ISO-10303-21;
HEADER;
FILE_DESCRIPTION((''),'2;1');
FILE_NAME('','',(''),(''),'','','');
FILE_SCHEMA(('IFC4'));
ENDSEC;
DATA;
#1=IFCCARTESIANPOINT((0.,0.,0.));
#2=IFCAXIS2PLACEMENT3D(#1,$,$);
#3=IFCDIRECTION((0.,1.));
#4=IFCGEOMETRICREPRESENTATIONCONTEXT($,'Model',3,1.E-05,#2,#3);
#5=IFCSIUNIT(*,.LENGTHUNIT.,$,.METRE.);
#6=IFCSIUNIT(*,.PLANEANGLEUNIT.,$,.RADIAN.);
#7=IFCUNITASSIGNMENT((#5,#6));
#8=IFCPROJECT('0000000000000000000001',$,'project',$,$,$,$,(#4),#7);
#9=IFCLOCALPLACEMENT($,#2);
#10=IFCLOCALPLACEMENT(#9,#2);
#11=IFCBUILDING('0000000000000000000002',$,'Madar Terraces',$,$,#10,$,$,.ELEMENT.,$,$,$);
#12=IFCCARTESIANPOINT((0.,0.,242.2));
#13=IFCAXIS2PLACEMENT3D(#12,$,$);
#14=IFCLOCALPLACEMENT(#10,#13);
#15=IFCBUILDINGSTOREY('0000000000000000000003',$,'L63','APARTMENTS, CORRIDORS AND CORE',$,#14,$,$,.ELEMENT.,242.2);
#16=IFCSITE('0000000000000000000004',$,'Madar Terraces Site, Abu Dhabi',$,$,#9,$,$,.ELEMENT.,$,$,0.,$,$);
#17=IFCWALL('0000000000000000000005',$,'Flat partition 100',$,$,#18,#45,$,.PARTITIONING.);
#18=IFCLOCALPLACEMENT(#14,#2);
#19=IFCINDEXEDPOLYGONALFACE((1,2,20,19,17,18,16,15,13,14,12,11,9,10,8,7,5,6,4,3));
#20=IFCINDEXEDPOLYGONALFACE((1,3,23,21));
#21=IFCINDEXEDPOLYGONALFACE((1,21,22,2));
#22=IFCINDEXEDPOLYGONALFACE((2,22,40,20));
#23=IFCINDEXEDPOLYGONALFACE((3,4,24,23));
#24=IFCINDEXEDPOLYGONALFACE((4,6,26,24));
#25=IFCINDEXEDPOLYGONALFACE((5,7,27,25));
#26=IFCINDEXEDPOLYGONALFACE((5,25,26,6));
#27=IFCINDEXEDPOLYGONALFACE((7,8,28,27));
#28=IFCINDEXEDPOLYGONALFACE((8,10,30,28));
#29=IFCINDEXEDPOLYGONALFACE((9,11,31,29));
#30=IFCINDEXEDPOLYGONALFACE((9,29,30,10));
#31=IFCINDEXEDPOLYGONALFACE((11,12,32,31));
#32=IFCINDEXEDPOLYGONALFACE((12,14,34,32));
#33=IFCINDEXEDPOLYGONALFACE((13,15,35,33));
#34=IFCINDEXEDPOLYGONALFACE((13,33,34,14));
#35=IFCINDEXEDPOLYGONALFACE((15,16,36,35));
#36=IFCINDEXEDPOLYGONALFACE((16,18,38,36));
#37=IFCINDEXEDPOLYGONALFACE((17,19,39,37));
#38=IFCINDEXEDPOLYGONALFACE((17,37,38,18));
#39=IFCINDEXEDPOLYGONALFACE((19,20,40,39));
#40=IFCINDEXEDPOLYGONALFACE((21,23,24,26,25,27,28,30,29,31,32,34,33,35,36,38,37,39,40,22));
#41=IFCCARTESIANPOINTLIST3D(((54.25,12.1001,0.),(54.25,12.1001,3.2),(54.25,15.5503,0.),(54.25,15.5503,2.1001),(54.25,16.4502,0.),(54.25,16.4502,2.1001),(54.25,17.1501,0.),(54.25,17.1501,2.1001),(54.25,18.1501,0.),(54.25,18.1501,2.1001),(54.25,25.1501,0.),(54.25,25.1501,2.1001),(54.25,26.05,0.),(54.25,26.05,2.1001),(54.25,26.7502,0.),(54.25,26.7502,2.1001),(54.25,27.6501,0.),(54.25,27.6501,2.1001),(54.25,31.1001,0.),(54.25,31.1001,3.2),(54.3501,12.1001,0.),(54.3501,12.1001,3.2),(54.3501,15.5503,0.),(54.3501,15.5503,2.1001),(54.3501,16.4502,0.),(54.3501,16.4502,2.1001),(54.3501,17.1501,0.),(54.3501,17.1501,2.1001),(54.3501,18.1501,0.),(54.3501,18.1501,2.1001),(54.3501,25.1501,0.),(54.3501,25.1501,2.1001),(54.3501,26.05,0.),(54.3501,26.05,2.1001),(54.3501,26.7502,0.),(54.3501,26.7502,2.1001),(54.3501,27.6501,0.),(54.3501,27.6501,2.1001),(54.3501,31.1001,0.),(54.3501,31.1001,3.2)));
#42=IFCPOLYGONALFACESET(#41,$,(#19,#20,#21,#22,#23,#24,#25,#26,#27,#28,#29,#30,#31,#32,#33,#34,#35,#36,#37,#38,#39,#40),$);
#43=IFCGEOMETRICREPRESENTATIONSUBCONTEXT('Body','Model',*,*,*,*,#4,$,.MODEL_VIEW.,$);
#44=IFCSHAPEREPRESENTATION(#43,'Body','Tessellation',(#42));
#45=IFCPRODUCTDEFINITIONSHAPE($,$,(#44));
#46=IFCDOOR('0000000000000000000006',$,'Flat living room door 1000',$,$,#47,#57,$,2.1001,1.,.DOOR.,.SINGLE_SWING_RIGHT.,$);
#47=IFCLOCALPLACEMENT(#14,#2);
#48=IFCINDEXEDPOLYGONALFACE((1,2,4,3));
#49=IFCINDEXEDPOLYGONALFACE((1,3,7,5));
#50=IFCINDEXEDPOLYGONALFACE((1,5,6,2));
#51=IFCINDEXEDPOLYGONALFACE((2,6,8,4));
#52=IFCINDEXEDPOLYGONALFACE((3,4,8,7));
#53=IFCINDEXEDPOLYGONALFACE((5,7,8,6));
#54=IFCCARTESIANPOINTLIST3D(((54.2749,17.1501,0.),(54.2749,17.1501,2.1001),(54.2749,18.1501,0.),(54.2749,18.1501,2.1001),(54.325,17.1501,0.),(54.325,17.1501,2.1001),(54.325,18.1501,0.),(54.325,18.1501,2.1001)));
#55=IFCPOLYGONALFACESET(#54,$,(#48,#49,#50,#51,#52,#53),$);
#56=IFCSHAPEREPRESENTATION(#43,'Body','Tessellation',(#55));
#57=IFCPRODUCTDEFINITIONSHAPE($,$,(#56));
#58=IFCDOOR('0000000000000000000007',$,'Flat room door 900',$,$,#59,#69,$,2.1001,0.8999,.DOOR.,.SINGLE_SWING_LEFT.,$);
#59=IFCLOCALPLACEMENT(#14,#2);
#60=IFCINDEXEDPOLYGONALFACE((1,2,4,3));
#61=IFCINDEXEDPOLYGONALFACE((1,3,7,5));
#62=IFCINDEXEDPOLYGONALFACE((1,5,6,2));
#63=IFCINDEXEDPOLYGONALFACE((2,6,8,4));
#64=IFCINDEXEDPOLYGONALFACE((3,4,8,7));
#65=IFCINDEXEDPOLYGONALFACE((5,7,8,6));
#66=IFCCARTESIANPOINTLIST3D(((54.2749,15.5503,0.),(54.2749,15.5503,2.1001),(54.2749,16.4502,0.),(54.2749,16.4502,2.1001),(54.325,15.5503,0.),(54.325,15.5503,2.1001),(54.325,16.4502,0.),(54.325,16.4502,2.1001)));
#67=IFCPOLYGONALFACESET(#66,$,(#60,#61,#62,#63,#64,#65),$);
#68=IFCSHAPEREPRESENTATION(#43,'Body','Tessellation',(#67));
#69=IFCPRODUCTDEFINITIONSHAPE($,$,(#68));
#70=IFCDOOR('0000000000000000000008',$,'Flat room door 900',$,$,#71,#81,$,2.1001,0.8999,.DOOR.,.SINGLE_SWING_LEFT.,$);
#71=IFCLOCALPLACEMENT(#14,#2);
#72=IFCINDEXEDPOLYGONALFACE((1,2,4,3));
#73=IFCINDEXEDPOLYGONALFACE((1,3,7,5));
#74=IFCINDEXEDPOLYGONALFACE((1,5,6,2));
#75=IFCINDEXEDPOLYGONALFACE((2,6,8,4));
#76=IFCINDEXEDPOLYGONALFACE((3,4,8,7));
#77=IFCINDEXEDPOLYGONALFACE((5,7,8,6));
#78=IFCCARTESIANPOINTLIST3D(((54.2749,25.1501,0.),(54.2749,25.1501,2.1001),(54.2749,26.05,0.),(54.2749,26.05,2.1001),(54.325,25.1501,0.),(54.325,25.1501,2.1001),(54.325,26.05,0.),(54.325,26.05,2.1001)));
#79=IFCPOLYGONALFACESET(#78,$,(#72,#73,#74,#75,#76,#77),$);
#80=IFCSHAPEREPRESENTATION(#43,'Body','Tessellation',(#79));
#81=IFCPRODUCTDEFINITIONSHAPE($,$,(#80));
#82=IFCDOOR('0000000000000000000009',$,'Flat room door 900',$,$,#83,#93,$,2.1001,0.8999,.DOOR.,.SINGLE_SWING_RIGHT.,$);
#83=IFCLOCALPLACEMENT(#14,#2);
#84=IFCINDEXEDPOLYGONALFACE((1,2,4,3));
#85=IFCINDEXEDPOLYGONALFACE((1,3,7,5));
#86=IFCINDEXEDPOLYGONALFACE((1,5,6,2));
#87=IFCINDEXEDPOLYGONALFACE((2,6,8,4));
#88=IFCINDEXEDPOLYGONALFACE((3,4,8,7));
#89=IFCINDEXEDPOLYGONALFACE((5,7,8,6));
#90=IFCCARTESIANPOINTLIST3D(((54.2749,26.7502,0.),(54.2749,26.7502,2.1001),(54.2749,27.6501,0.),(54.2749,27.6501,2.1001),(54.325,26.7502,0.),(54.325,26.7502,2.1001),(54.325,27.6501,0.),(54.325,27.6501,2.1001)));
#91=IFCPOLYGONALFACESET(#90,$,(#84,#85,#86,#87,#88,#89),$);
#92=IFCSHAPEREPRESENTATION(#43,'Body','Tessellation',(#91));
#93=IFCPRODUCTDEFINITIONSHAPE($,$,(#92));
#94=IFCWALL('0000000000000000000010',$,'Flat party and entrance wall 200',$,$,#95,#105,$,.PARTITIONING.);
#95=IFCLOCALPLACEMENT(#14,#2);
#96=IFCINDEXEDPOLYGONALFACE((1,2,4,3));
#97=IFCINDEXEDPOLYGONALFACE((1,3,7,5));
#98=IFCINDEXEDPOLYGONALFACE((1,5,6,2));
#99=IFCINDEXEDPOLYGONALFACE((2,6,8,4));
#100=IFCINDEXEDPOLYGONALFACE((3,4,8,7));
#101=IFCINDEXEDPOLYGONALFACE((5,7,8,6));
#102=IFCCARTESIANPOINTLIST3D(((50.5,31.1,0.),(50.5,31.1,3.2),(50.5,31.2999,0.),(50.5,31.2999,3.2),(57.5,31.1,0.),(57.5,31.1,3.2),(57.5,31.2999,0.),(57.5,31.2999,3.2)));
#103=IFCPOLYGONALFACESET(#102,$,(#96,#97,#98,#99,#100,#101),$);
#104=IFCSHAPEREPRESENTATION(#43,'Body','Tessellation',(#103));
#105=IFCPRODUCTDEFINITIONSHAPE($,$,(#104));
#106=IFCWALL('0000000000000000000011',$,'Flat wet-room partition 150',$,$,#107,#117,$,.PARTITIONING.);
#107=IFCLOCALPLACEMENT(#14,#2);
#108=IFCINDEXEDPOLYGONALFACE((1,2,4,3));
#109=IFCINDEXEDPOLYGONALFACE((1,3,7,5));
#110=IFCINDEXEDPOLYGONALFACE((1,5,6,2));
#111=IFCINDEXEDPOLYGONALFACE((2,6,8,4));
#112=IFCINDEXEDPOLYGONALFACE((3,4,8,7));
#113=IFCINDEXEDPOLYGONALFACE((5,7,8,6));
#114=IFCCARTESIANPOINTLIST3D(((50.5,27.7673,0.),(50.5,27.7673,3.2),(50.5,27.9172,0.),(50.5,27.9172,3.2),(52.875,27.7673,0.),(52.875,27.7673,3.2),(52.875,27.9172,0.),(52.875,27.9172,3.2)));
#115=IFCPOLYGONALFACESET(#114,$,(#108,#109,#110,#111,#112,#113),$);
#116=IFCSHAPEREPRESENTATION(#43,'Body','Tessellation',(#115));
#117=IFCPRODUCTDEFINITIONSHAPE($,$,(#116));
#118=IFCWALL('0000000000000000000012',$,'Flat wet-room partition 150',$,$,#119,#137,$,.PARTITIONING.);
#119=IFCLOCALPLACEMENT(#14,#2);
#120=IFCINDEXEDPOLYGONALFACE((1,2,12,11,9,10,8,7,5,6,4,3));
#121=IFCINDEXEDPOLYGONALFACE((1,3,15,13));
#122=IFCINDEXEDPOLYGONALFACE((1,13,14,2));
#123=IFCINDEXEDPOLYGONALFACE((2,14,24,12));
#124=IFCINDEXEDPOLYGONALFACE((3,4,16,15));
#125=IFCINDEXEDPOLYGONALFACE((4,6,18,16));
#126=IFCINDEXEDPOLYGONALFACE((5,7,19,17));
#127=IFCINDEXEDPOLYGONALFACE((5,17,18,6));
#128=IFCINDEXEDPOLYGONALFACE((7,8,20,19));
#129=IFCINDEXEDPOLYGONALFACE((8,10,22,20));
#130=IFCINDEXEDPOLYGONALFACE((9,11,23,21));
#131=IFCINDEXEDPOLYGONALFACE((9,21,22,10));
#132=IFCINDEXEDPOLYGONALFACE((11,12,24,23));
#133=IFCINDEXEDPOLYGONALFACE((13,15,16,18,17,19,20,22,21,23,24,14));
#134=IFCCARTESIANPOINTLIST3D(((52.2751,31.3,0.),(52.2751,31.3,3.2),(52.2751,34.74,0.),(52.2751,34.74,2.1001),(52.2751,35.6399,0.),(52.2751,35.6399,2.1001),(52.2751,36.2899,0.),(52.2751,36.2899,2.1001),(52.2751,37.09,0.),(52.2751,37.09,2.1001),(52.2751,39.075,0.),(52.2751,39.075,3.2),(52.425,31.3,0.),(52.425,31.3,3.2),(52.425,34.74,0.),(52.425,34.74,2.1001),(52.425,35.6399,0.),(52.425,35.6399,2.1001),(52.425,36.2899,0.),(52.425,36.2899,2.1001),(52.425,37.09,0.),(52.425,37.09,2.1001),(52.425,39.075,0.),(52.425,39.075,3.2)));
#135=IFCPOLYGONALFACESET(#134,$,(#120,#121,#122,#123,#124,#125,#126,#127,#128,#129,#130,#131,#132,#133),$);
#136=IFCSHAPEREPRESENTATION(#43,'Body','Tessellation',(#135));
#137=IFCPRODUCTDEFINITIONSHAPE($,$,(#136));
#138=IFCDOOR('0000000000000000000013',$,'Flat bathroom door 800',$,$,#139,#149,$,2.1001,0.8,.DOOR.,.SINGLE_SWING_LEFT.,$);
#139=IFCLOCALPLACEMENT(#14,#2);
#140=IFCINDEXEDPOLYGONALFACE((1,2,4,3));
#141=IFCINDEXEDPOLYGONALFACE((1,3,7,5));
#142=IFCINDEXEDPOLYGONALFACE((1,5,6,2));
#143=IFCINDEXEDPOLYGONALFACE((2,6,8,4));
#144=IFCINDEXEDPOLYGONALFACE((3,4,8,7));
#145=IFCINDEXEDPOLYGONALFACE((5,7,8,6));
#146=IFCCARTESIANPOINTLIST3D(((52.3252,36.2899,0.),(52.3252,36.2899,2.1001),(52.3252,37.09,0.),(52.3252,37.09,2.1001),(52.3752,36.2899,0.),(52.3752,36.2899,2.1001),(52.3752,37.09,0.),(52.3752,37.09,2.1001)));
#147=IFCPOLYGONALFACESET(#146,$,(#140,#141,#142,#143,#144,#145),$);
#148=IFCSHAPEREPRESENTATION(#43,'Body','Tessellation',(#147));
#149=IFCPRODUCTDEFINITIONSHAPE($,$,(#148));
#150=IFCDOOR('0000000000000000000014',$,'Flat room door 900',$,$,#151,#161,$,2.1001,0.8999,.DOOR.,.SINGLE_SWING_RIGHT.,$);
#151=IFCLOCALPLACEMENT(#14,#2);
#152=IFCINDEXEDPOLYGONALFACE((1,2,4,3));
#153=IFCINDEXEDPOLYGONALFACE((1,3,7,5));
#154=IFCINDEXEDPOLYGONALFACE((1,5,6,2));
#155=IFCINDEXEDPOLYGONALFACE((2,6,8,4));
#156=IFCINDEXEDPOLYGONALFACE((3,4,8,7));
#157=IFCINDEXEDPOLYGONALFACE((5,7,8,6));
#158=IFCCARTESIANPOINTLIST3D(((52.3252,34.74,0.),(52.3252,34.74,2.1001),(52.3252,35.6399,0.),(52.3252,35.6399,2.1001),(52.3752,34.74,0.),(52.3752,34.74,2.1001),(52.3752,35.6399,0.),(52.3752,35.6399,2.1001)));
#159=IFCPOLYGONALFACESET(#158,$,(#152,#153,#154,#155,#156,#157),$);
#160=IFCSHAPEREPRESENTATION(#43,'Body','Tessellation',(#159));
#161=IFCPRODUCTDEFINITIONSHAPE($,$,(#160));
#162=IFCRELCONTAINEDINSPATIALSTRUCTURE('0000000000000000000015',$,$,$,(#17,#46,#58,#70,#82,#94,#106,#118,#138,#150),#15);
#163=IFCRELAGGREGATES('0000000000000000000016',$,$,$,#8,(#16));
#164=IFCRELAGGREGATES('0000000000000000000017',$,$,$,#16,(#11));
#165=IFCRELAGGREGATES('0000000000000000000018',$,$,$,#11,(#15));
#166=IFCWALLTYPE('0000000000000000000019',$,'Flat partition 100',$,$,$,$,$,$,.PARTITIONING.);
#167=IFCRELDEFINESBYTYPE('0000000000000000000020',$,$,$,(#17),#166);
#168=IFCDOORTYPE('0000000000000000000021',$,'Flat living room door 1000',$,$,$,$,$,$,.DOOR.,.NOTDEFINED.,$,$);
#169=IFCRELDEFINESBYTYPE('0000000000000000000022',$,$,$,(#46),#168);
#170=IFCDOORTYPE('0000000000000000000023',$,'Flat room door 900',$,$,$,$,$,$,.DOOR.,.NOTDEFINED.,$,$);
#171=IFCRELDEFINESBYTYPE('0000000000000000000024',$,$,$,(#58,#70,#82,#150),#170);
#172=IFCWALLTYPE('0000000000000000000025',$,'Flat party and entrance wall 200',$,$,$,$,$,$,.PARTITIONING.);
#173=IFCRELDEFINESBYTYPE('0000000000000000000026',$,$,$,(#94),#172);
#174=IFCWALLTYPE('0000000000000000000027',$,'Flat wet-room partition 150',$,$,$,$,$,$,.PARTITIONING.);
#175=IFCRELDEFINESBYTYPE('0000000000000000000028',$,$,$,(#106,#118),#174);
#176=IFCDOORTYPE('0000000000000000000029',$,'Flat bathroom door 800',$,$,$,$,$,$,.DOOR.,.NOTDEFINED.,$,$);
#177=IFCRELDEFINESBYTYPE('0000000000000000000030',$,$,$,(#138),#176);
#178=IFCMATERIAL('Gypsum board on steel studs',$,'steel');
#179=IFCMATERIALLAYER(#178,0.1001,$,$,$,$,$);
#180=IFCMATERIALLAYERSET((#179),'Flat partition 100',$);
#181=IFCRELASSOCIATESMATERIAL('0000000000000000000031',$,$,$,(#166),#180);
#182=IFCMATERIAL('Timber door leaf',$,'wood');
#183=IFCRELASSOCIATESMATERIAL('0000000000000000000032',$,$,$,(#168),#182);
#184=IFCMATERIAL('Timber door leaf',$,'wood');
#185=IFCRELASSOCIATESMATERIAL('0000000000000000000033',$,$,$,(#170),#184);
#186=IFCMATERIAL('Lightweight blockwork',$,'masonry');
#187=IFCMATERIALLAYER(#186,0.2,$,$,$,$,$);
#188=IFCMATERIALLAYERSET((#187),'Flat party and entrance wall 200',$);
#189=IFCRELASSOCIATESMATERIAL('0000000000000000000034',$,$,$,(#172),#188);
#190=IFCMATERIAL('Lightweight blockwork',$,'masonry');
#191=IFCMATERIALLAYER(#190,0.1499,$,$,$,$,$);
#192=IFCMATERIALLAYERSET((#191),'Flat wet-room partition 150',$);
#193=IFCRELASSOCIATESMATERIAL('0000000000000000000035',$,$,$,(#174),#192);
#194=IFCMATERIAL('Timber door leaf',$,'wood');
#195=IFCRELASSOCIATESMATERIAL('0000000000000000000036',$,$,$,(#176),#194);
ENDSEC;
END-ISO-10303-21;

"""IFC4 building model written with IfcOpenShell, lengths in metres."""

from ifc_helpers import new_model, si_unit, direction, frame, frame_2d, origin, place, context, subcontext, project, spatial, rectangle, extrude, material, layer, layer_set, type_object, element, fill, save


model = new_model("IFC4")

# Units and contexts
model_context = context("Model", 3, precision=1e-05, world=origin(), true_north=direction((0.0, 1.0)))
body_context = subcontext(model_context, "Body", "Model", "MODEL_VIEW")
ifc_project = project(units=[si_unit("LENGTHUNIT", "METRE"), si_unit("PLANEANGLEUNIT", "RADIAN")], contexts=[model_context])

# Site, building, storey
site_placement = place(None, origin())
site = spatial("IfcSite", under=ifc_project, at=site_placement, Name="Madar Terraces Site, Abu Dhabi", CompositionType="ELEMENT", RefElevation=0.0)
building_placement = place(site_placement, origin())
building = spatial("IfcBuilding", under=site, at=building_placement, Name="Madar Terraces", CompositionType="ELEMENT")
storey_placement = place(building_placement, frame((0.0, 0.0, 242.2)))
storey = spatial("IfcBuildingStorey", under=building, at=storey_placement, Name="L63", Description="APARTMENTS, CORRIDORS AND CORE", CompositionType="ELEMENT", Elevation=242.2)

# Shared definitions
ifc_material_1 = material(Name="Gypsum board on steel studs", Category="steel")
ifc_layer_1 = layer(ifc_material_1, 0.1001)
ifc_layer_set_1 = layer_set([ifc_layer_1], Name="Flat partition 100")
wall_type_1 = type_object("IfcWallType", Name="Flat partition 100", PredefinedType="PARTITIONING", material=ifc_layer_set_1)

# Wall, openings, doors
wall_1_placement = place(storey_placement, frame((54.3, 31.1001, 0.0), z_axis=(0.0, 0.0, 1.0), x_axis=(0.0, -1.0, 0.0)))
wall_1 = element("IfcWall", 1, at=wall_1_placement, inside=storey, type_object=wall_type_1, Name="Flat partition 100", PredefinedType="PARTITIONING", context=body_context, shape_type="SweptSolid", body=[
    extrude(rectangle(XDim=19.0, YDim=0.1001, at=frame_2d((9.5, 0.0))), origin(), (0.0, 0.0, 1.0), 3.2),
])
opening_1_placement = place(wall_1_placement, frame((14.6499, 0.0, 0.0)))
opening_1 = element("IfcOpeningElement", 2, at=opening_1_placement, cuts=wall_1, PredefinedType="OPENING", context=body_context, shape_type="SweptSolid", body=[
    extrude(rectangle(XDim=0.8999, YDim=2.1001, at=frame_2d((0.45, 1.05))), frame((0.0, 0.0601, 0.0), z_axis=(0.0, -1.0, 0.0), x_axis=(1.0, 0.0, 0.0)), (0.0, 0.0, 1.0), 0.1201),
])
opening_2_placement = place(wall_1_placement, frame((12.95, 0.0, 0.0)))
opening_2 = element("IfcOpeningElement", 3, at=opening_2_placement, cuts=wall_1, PredefinedType="OPENING", context=body_context, shape_type="SweptSolid", body=[
    extrude(rectangle(XDim=1.0, YDim=2.1001, at=frame_2d((0.5, 1.05))), frame((0.0, 0.0601, 0.0), z_axis=(0.0, -1.0, 0.0), x_axis=(1.0, 0.0, 0.0)), (0.0, 0.0, 1.0), 0.1201),
])
opening_3_placement = place(wall_1_placement, frame((5.05, 0.0, 0.0)))
opening_3 = element("IfcOpeningElement", 4, at=opening_3_placement, cuts=wall_1, PredefinedType="OPENING", context=body_context, shape_type="SweptSolid", body=[
    extrude(rectangle(XDim=0.8999, YDim=2.1001, at=frame_2d((0.45, 1.05))), frame((0.0, 0.0601, 0.0), z_axis=(0.0, -1.0, 0.0), x_axis=(1.0, 0.0, 0.0)), (0.0, 0.0, 1.0), 0.1201),
])
opening_4_placement = place(wall_1_placement, frame((3.45, 0.0, 0.0)))
opening_4 = element("IfcOpeningElement", 5, at=opening_4_placement, cuts=wall_1, PredefinedType="OPENING", context=body_context, shape_type="SweptSolid", body=[
    extrude(rectangle(XDim=0.8999, YDim=2.1001, at=frame_2d((0.45, 1.05))), frame((0.0, 0.0601, 0.0), z_axis=(0.0, -1.0, 0.0), x_axis=(1.0, 0.0, 0.0)), (0.0, 0.0, 1.0), 0.1201),
])
ifc_material_2 = material(Name="Timber door leaf", Category="wood")
door_type_1 = type_object("IfcDoorType", Name="Flat living room door 1000", OperationType="NOTDEFINED", PredefinedType="DOOR", material=ifc_material_2)
door_1_placement = place(opening_2_placement, origin())
door_1 = element("IfcDoor", 6, at=door_1_placement, inside=storey, type_object=door_type_1, Name="Flat living room door 1000", OperationType="SINGLE_SWING_RIGHT", OverallHeight=2.1001, OverallWidth=1.0, PredefinedType="DOOR", context=body_context, shape_type="SweptSolid", body=[
    extrude(rectangle(XDim=1.0, YDim=2.1001, at=frame_2d((0.5, 1.05))), frame((0.0, 0.0249, 0.0), z_axis=(0.0, -1.0, 0.0), x_axis=(1.0, 0.0, 0.0)), (0.0, 0.0, 1.0), 0.05),
])
fill(opening_2, door_1)
ifc_material_3 = material(Name="Timber door leaf", Category="wood")
door_type_2 = type_object("IfcDoorType", Name="Flat room door 900", OperationType="NOTDEFINED", PredefinedType="DOOR", material=ifc_material_3)
door_2_placement = place(opening_1_placement, origin())
door_2 = element("IfcDoor", 7, at=door_2_placement, inside=storey, type_object=door_type_2, Name="Flat room door 900", OperationType="SINGLE_SWING_LEFT", OverallHeight=2.1001, OverallWidth=0.8999, PredefinedType="DOOR", context=body_context, shape_type="SweptSolid", body=[
    extrude(rectangle(XDim=0.8999, YDim=2.1001, at=frame_2d((0.45, 1.05))), frame((0.0, 0.0249, 0.0), z_axis=(0.0, -1.0, 0.0), x_axis=(1.0, 0.0, 0.0)), (0.0, 0.0, 1.0), 0.05),
])
fill(opening_1, door_2)
door_3_placement = place(opening_3_placement, origin())
door_3 = element("IfcDoor", 8, at=door_3_placement, inside=storey, type_object=door_type_2, Name="Flat room door 900", OperationType="SINGLE_SWING_LEFT", OverallHeight=2.1001, OverallWidth=0.8999, PredefinedType="DOOR", context=body_context, shape_type="SweptSolid", body=[
    extrude(rectangle(XDim=0.8999, YDim=2.1001, at=frame_2d((0.45, 1.05))), frame((0.0, 0.0249, 0.0), z_axis=(0.0, -1.0, 0.0), x_axis=(1.0, 0.0, 0.0)), (0.0, 0.0, 1.0), 0.05),
])
fill(opening_3, door_3)
door_4_placement = place(opening_4_placement, origin())
door_4 = element("IfcDoor", 9, at=door_4_placement, inside=storey, type_object=door_type_2, Name="Flat room door 900", OperationType="SINGLE_SWING_RIGHT", OverallHeight=2.1001, OverallWidth=0.8999, PredefinedType="DOOR", context=body_context, shape_type="SweptSolid", body=[
    extrude(rectangle(XDim=0.8999, YDim=2.1001, at=frame_2d((0.45, 1.05))), frame((0.0, 0.0249, 0.0), z_axis=(0.0, -1.0, 0.0), x_axis=(1.0, 0.0, 0.0)), (0.0, 0.0, 1.0), 0.05),
])
fill(opening_4, door_4)

# Walls
ifc_material_4 = material(Name="Lightweight blockwork", Category="masonry")
ifc_layer_2 = layer(ifc_material_4, 0.2)
ifc_layer_set_2 = layer_set([ifc_layer_2], Name="Flat party and entrance wall 200")
wall_type_2 = type_object("IfcWallType", Name="Flat party and entrance wall 200", PredefinedType="PARTITIONING", material=ifc_layer_set_2)
wall_2_placement = place(storey_placement, frame((50.5, 31.2, 0.0), z_axis=(0.0, 0.0, 1.0), x_axis=(1.0, 0.0, 0.0)))
element("IfcWall", 10, at=wall_2_placement, inside=storey, type_object=wall_type_2, Name="Flat party and entrance wall 200", PredefinedType="PARTITIONING", context=body_context, shape_type="SweptSolid", body=[
    extrude(rectangle(XDim=7.0, YDim=0.2, at=frame_2d((3.5, 0.0))), origin(), (0.0, 0.0, 1.0), 3.2),
])
ifc_material_5 = material(Name="Lightweight blockwork", Category="masonry")
ifc_layer_3 = layer(ifc_material_5, 0.1499)
ifc_layer_set_3 = layer_set([ifc_layer_3], Name="Flat wet-room partition 150")
wall_type_3 = type_object("IfcWallType", Name="Flat wet-room partition 150", PredefinedType="PARTITIONING", material=ifc_layer_set_3)
wall_3_placement = place(storey_placement, frame((50.5, 27.8423, 0.0), z_axis=(0.0, 0.0, 1.0), x_axis=(1.0, 0.0, 0.0)))
element("IfcWall", 11, at=wall_3_placement, inside=storey, type_object=wall_type_3, Name="Flat wet-room partition 150", PredefinedType="PARTITIONING", context=body_context, shape_type="SweptSolid", body=[
    extrude(rectangle(XDim=2.375, YDim=0.1499, at=frame_2d((1.1875, 0.0))), origin(), (0.0, 0.0, 1.0), 3.2),
])

# Wall, openings, doors
wall_4_placement = place(storey_placement, frame((52.3501, 31.3, 0.0), z_axis=(0.0, 0.0, 1.0), x_axis=(0.0, 1.0, 0.0)))
wall_4 = element("IfcWall", 12, at=wall_4_placement, inside=storey, type_object=wall_type_3, Name="Flat wet-room partition 150", PredefinedType="PARTITIONING", context=body_context, shape_type="SweptSolid", body=[
    extrude(rectangle(XDim=7.7749, YDim=0.1499, at=frame_2d((3.8875, 0.0))), origin(), (0.0, 0.0, 1.0), 3.2),
])
opening_5_placement = place(wall_4_placement, frame((4.99, 0.0, 0.0)))
opening_5 = element("IfcOpeningElement", 13, at=opening_5_placement, cuts=wall_4, PredefinedType="OPENING", context=body_context, shape_type="SweptSolid", body=[
    extrude(rectangle(XDim=0.8, YDim=2.1001, at=frame_2d((0.3999, 1.05))), frame((0.0, 0.085, 0.0), z_axis=(0.0, -1.0, 0.0), x_axis=(1.0, 0.0, 0.0)), (0.0, 0.0, 1.0), 0.1699),
])
opening_6_placement = place(wall_4_placement, frame((3.4399, 0.0, 0.0)))
opening_6 = element("IfcOpeningElement", 14, at=opening_6_placement, cuts=wall_4, PredefinedType="OPENING", context=body_context, shape_type="SweptSolid", body=[
    extrude(rectangle(XDim=0.8999, YDim=2.1001, at=frame_2d((0.45, 1.05))), frame((0.0, 0.085, 0.0), z_axis=(0.0, -1.0, 0.0), x_axis=(1.0, 0.0, 0.0)), (0.0, 0.0, 1.0), 0.1699),
])
ifc_material_6 = material(Name="Timber door leaf", Category="wood")
door_type_3 = type_object("IfcDoorType", Name="Flat bathroom door 800", OperationType="NOTDEFINED", PredefinedType="DOOR", material=ifc_material_6)
door_5_placement = place(opening_5_placement, origin())
door_5 = element("IfcDoor", 15, at=door_5_placement, inside=storey, type_object=door_type_3, Name="Flat bathroom door 800", OperationType="SINGLE_SWING_LEFT", OverallHeight=2.1001, OverallWidth=0.8, PredefinedType="DOOR", context=body_context, shape_type="SweptSolid", body=[
    extrude(rectangle(XDim=0.8, YDim=2.1001, at=frame_2d((0.3999, 1.05))), frame((0.0, 0.0249, 0.0), z_axis=(0.0, -1.0, 0.0), x_axis=(1.0, 0.0, 0.0)), (0.0, 0.0, 1.0), 0.05),
])
fill(opening_5, door_5)
door_6_placement = place(opening_6_placement, origin())
door_6 = element("IfcDoor", 16, at=door_6_placement, inside=storey, type_object=door_type_2, Name="Flat room door 900", OperationType="SINGLE_SWING_RIGHT", OverallHeight=2.1001, OverallWidth=0.8999, PredefinedType="DOOR", context=body_context, shape_type="SweptSolid", body=[
    extrude(rectangle(XDim=0.8999, YDim=2.1001, at=frame_2d((0.45, 1.05))), frame((0.0, 0.0249, 0.0), z_axis=(0.0, -1.0, 0.0), x_axis=(1.0, 0.0, 0.0)), (0.0, 0.0, 1.0), 0.05),
])
fill(opening_6, door_6)

save(model, "model.ifc")
